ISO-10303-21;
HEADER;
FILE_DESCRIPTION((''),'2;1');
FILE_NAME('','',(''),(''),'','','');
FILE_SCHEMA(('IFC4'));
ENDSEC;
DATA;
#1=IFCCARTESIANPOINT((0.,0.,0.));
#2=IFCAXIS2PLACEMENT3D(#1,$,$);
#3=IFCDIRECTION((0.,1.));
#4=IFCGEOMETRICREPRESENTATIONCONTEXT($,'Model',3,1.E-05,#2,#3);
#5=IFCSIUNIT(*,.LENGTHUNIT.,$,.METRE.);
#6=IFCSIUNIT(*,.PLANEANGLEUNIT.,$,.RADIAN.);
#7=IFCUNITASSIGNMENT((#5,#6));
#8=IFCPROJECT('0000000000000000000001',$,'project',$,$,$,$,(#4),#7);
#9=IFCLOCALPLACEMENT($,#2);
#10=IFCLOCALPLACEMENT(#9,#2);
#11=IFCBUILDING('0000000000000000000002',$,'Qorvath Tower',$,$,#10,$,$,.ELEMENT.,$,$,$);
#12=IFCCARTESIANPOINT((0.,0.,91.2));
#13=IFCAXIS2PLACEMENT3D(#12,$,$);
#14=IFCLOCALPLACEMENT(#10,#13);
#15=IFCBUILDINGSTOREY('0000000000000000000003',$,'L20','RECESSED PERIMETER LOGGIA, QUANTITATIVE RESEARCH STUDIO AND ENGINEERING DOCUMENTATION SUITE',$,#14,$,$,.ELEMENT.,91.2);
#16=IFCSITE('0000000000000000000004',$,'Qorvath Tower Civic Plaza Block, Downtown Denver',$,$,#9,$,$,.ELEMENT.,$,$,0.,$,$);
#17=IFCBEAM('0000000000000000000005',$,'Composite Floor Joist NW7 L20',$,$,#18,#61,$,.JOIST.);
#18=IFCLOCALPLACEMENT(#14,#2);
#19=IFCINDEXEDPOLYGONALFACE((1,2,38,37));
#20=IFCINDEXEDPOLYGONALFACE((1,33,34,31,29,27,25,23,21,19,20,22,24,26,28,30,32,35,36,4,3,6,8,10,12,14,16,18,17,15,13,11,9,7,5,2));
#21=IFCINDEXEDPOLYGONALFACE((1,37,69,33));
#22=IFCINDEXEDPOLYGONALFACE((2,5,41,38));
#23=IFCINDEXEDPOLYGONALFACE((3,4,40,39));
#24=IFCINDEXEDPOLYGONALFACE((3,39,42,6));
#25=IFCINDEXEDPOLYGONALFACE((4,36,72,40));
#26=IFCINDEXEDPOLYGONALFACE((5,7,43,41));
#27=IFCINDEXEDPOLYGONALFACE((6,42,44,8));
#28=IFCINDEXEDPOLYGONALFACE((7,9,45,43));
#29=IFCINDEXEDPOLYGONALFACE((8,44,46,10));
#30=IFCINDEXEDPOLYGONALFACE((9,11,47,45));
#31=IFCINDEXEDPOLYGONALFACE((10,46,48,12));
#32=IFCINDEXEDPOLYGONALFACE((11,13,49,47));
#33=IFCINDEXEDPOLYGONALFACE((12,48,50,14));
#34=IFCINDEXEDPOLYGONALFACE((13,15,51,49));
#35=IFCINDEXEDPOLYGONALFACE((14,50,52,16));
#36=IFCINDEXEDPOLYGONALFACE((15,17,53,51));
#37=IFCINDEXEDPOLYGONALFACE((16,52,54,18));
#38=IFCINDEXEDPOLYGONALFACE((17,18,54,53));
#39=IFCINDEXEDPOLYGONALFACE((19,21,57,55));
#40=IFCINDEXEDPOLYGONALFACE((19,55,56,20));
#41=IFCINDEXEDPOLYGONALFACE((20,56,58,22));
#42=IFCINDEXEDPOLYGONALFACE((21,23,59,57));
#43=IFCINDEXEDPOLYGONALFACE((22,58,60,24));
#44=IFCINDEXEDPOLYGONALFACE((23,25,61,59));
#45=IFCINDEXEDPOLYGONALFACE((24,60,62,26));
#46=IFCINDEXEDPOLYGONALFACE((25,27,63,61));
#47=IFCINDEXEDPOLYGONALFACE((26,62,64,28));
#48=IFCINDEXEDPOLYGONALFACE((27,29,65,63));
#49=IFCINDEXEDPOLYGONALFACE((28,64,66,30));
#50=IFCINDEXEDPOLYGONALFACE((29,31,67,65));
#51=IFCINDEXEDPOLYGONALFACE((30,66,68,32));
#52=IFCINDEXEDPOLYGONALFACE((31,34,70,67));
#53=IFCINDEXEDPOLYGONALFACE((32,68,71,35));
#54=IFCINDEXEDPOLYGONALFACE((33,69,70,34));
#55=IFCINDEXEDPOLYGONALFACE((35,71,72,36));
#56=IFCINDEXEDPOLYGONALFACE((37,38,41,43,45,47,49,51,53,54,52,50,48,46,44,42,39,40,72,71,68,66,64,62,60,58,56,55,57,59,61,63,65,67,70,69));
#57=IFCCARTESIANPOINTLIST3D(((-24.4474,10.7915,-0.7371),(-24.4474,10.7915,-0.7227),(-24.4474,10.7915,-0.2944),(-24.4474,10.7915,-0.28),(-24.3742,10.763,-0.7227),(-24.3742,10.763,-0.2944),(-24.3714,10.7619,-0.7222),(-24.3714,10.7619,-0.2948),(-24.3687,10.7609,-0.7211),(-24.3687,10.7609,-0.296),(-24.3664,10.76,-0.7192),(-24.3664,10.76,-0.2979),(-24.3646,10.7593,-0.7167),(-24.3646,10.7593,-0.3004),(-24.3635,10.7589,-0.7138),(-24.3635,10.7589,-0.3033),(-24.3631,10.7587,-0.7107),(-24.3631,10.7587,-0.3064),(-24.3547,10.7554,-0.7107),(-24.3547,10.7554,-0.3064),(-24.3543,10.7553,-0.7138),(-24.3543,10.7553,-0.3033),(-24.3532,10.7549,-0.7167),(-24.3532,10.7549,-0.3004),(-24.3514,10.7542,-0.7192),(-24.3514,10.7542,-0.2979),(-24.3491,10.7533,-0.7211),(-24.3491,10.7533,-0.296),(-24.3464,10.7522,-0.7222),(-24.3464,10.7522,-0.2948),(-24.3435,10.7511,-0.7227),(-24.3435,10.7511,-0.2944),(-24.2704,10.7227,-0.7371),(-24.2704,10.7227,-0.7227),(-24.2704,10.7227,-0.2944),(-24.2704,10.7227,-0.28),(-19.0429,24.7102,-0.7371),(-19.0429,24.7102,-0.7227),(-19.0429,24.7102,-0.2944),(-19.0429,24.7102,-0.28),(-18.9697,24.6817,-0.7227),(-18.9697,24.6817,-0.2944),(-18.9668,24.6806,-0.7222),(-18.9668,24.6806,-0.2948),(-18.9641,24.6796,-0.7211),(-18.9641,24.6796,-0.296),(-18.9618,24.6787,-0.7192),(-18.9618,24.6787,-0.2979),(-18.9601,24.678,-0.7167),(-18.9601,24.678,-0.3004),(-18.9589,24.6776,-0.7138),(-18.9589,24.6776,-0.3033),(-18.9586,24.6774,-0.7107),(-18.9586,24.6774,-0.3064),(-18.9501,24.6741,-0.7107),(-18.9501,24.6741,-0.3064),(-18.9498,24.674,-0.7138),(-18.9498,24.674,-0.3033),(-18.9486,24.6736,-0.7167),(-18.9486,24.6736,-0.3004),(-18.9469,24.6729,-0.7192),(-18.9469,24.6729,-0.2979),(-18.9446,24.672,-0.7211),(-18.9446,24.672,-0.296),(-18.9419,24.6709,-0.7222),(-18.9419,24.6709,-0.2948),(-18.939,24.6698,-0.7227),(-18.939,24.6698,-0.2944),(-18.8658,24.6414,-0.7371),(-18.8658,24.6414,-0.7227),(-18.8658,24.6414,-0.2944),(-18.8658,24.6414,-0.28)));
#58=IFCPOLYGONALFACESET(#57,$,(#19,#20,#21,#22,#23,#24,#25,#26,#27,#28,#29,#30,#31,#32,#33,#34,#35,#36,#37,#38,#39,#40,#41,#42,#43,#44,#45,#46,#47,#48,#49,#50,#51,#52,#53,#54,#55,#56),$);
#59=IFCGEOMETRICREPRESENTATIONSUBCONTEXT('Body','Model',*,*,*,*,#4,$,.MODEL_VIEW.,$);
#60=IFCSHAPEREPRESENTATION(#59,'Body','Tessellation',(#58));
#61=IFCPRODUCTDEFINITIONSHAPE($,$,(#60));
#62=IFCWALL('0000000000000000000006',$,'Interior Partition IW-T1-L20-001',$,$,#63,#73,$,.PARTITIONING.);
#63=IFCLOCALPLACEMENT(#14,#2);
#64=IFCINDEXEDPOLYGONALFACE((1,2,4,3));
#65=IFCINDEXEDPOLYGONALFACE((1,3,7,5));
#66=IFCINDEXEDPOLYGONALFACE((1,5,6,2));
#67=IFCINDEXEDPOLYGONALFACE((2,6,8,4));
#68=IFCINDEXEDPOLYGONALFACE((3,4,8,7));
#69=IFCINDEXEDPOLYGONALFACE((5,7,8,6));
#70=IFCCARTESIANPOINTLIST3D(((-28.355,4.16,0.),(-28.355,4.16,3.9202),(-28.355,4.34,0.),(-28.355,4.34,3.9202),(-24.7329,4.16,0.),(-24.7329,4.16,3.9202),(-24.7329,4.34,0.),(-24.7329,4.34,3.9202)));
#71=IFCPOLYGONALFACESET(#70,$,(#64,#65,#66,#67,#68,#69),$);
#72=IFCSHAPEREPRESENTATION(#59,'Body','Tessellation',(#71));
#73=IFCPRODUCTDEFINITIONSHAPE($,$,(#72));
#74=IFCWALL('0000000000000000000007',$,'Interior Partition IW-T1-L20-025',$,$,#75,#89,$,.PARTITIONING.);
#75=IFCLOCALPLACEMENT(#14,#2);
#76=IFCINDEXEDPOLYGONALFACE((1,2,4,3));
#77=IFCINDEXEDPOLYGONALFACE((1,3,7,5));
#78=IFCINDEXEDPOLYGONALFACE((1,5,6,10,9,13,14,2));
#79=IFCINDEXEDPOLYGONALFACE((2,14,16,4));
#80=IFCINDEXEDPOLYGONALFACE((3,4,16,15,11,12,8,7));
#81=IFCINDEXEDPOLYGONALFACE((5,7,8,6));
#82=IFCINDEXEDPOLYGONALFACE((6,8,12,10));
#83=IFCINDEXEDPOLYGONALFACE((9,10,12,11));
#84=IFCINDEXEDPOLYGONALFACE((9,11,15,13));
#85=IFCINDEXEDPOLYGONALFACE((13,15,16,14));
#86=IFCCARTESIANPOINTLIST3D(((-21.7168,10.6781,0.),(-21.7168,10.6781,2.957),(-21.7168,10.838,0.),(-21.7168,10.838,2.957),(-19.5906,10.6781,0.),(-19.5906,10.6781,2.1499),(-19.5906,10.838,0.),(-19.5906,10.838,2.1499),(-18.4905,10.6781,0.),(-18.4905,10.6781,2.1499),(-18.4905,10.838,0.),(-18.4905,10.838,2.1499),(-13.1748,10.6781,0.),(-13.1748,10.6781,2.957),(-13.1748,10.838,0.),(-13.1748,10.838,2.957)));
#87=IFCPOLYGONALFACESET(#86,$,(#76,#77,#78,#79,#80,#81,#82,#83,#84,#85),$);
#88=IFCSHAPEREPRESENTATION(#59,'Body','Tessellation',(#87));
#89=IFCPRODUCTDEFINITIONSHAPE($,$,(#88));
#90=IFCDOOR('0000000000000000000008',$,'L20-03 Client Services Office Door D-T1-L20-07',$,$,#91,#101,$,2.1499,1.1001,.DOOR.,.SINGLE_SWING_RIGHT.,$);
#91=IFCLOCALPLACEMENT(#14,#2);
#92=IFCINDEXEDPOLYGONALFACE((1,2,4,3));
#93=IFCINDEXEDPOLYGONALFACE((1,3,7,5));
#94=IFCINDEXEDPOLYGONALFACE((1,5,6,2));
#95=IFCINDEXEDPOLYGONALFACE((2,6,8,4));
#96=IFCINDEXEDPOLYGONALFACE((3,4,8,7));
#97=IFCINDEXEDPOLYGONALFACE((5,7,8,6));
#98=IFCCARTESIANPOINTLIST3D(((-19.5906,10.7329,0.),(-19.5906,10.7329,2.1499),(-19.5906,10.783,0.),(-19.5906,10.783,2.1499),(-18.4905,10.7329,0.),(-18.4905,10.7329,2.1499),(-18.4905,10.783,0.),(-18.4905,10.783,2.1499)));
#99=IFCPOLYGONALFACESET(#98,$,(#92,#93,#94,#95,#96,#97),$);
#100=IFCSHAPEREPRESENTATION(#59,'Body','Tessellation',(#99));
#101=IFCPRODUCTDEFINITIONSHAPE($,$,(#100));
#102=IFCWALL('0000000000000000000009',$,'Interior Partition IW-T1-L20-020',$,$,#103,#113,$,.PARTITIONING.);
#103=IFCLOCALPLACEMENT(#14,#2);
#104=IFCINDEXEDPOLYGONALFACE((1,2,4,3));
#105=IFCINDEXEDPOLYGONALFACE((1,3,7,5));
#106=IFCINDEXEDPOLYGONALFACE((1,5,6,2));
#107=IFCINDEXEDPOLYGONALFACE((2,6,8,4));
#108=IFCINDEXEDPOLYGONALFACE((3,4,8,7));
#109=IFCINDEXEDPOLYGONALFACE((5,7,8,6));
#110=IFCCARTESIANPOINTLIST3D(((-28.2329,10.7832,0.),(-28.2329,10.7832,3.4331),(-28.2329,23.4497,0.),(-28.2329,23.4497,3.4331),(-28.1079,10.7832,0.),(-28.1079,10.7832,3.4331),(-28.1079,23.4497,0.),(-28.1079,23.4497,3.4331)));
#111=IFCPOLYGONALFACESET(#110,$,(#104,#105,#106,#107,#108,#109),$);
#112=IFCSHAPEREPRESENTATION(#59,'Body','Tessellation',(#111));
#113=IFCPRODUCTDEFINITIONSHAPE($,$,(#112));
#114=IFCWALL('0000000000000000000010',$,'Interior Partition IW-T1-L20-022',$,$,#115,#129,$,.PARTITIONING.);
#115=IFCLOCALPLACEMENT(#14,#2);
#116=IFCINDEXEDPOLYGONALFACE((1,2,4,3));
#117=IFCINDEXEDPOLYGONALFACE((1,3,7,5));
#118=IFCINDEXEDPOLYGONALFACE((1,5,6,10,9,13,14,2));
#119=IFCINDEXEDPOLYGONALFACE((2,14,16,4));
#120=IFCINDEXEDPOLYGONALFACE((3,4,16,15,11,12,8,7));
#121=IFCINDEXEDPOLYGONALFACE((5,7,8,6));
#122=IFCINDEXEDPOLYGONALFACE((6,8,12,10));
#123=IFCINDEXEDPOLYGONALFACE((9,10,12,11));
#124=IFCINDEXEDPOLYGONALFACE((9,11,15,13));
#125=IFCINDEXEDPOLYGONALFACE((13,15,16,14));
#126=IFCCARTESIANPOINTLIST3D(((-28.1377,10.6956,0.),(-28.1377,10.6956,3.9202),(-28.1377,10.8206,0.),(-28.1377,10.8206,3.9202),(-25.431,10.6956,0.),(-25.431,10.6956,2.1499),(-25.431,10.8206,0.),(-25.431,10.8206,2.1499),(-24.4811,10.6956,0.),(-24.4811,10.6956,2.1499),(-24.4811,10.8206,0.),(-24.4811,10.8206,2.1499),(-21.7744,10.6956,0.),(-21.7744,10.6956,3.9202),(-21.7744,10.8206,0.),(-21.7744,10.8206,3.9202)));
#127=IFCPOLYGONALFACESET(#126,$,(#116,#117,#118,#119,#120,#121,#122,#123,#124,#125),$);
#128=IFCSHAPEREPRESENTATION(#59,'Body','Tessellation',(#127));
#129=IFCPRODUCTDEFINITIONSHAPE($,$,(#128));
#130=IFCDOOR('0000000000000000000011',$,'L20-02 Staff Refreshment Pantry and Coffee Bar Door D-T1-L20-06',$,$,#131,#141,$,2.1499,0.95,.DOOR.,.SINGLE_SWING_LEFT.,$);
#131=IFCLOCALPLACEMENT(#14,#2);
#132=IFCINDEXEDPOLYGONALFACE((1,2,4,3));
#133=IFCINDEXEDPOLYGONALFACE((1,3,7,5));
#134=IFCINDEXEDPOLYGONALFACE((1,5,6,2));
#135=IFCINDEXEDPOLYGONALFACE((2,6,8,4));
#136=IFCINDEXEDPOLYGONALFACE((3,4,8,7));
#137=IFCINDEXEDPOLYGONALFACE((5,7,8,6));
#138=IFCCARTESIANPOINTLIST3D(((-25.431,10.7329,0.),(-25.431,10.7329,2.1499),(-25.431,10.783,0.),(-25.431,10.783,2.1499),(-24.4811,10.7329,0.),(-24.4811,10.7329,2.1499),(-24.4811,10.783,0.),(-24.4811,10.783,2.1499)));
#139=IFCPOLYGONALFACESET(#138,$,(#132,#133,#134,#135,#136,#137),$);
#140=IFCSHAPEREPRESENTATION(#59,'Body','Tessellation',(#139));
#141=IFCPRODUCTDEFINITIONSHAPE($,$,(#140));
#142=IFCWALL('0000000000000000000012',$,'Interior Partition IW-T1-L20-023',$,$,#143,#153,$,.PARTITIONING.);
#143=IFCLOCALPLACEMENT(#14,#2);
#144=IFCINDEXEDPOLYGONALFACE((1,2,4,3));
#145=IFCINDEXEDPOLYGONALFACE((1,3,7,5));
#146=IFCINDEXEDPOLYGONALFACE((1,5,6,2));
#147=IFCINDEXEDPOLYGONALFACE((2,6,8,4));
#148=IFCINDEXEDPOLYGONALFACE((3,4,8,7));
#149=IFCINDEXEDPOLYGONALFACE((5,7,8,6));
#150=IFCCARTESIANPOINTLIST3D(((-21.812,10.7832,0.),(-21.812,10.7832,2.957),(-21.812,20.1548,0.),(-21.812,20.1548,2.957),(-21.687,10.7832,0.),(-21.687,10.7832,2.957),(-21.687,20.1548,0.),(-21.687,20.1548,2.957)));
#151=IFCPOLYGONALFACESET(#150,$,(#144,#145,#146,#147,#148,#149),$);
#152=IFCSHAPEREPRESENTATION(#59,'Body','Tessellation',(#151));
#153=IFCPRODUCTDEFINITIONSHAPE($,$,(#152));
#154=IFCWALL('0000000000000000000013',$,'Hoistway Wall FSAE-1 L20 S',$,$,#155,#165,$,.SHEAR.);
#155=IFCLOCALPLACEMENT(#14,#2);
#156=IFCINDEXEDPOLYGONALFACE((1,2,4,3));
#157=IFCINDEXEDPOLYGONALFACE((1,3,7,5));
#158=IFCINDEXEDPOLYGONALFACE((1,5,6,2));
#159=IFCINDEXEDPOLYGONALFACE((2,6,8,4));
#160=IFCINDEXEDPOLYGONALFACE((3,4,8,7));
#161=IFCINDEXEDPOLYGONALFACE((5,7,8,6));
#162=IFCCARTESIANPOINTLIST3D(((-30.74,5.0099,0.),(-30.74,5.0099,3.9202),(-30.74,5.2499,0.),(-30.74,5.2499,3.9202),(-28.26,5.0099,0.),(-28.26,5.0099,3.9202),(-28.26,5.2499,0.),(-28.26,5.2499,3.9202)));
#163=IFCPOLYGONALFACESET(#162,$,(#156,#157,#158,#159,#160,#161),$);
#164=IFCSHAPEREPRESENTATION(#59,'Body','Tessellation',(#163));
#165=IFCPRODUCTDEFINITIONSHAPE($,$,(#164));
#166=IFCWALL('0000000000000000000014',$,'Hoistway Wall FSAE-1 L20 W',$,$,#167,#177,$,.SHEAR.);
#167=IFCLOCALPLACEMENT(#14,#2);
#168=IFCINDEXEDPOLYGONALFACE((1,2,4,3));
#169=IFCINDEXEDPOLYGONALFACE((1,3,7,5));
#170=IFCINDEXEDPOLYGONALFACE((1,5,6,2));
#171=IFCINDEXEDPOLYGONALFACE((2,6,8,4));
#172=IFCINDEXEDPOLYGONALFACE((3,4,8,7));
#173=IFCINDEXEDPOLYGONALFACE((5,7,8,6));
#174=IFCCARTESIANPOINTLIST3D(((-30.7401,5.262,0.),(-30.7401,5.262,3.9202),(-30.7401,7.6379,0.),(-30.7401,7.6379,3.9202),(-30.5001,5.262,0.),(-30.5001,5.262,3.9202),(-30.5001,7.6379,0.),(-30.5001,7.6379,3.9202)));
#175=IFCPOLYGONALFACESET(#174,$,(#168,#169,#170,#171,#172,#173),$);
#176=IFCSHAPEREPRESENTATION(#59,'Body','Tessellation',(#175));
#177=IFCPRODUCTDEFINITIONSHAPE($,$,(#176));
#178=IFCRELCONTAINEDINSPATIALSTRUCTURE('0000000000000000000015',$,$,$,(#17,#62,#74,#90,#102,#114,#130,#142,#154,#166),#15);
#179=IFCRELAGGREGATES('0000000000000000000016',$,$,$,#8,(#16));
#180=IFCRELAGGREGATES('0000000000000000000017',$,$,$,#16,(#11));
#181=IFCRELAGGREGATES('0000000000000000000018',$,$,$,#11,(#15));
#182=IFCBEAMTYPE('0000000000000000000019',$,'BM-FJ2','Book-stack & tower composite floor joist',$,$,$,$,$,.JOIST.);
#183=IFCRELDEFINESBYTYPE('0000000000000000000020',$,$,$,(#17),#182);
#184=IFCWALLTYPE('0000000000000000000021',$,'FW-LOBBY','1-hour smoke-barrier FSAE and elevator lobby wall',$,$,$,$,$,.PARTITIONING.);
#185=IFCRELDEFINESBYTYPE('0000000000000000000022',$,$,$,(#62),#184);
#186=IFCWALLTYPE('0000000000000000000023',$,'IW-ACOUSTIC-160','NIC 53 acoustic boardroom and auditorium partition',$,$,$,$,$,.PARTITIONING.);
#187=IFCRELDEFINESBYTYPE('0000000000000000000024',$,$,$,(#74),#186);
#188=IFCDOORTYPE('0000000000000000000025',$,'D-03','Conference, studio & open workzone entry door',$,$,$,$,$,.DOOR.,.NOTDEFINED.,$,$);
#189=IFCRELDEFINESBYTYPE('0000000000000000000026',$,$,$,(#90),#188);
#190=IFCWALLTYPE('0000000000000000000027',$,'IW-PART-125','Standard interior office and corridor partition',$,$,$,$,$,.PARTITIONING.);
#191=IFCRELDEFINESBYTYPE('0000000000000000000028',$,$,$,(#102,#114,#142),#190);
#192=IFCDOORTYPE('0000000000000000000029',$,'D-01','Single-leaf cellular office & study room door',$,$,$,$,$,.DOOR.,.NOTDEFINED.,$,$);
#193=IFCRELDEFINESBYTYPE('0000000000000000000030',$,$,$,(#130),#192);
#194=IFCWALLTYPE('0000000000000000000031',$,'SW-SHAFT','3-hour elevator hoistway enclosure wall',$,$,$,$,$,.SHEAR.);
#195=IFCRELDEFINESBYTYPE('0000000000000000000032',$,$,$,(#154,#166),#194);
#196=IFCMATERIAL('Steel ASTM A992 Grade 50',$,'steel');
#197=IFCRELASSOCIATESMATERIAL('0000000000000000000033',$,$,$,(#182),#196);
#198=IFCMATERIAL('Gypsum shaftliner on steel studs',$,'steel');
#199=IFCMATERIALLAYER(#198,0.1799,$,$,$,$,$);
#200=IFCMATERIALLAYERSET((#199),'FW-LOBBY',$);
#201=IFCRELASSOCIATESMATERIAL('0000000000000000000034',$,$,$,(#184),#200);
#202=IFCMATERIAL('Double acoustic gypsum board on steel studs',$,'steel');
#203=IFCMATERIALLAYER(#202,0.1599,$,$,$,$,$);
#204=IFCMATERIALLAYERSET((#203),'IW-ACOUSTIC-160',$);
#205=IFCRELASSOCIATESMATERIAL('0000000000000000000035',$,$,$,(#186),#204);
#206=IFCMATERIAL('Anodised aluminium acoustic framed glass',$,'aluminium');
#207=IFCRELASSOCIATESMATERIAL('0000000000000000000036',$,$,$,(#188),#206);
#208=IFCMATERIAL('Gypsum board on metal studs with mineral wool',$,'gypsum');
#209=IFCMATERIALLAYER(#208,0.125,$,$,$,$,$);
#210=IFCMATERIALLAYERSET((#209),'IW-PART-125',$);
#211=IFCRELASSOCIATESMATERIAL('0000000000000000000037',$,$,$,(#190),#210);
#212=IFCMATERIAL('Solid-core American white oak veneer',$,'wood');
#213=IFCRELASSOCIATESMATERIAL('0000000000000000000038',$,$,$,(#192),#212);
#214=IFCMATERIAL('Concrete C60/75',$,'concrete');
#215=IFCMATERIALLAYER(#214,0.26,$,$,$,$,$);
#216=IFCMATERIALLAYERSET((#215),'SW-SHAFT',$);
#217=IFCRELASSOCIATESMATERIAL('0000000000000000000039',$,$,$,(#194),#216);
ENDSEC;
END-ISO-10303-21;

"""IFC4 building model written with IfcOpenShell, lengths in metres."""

from ifc_helpers import new_model, si_unit, direction, frame, frame_2d, origin, origin_2d, place, context, subcontext, project, spatial, rectangle, i_section, extrude, material, layer, layer_set, material_profile, profile_set, type_object, element, fill, save


model = new_model("IFC4")

# Units and contexts
model_context = context("Model", 3, precision=1e-05, world=origin(), true_north=direction((0.0, 1.0)))
body_context = subcontext(model_context, "Body", "Model", "MODEL_VIEW")
ifc_project = project(units=[si_unit("LENGTHUNIT", "METRE"), si_unit("PLANEANGLEUNIT", "RADIAN")], contexts=[model_context])

# Site, building, storey
site_placement = place(None, origin())
site = spatial("IfcSite", under=ifc_project, at=site_placement, Name="Qorvath Tower Civic Plaza Block, Downtown Denver", CompositionType="ELEMENT", RefElevation=0.0)
building_placement = place(site_placement, origin())
building = spatial("IfcBuilding", under=site, at=building_placement, Name="Qorvath Tower", CompositionType="ELEMENT")
storey_placement = place(building_placement, frame((0.0, 0.0, 91.2)))
storey = spatial("IfcBuildingStorey", under=building, at=storey_placement, Name="L20", Description="RECESSED PERIMETER LOGGIA, QUANTITATIVE RESEARCH STUDIO AND ENGINEERING DOCUMENTATION SUITE", CompositionType="ELEMENT", Elevation=91.2)

# Beam
ifc_material_1 = material(Name="Steel ASTM A992 Grade 50", Category="steel")
ifc_material_profile_1 = material_profile(ifc_material_1, i_section(OverallWidth=0.1899, OverallDepth=0.457, WebThickness=0.009, FlangeThickness=0.0144, FilletRadius=0.012, at=origin_2d()), Name="W18x50")
ifc_profile_set_1 = profile_set([ifc_material_profile_1], Name="Steel ASTM A992 Grade 50")
beam_type_1 = type_object("IfcBeamType", Name="BM-FJ2", Description="Book-stack & tower composite floor joist", PredefinedType="JOIST", material=ifc_profile_set_1)
beam_1_placement = place(storey_placement, frame((-24.3589, 10.7571, -0.5085), z_axis=(0.361964, 0.932192, 0.0), x_axis=(-0.932192, 0.361964, 0.0)))
element("IfcBeam", 1, at=beam_1_placement, inside=storey, type_object=beam_type_1, Name="Composite Floor Joist NW7 L20", PredefinedType="JOIST", context=body_context, shape_type="SweptSolid", body=[
    extrude(i_section(OverallWidth=0.1899, OverallDepth=0.457, WebThickness=0.009, FlangeThickness=0.0144, FilletRadius=0.012, at=origin_2d()), origin(), (0.0, 0.0, 1.0), 14.9312),
])

# Wall
ifc_material_2 = material(Name="Gypsum shaftliner on steel studs", Category="steel")
ifc_layer_1 = layer(ifc_material_2, 0.1799)
ifc_layer_set_1 = layer_set([ifc_layer_1], Name="FW-LOBBY")
wall_type_1 = type_object("IfcWallType", Name="FW-LOBBY", Description="1-hour smoke-barrier FSAE and elevator lobby wall", PredefinedType="PARTITIONING", material=ifc_layer_set_1)
wall_1_placement = place(storey_placement, frame((-28.355, 4.25, 0.0), z_axis=(0.0, 0.0, 1.0), x_axis=(1.0, 0.0, 0.0)))
element("IfcWall", 2, at=wall_1_placement, inside=storey, type_object=wall_type_1, Name="Interior Partition IW-T1-L20-001", PredefinedType="PARTITIONING", context=body_context, shape_type="SweptSolid", body=[
    extrude(rectangle(XDim=3.6221, YDim=0.1799, at=frame_2d((1.811, 0.0))), origin(), (0.0, 0.0, 1.0), 3.9202),
])

# Wall, opening, door
ifc_material_3 = material(Name="Double acoustic gypsum board on steel studs", Category="steel")
ifc_layer_2 = layer(ifc_material_3, 0.1599)
ifc_layer_set_2 = layer_set([ifc_layer_2], Name="IW-ACOUSTIC-160")
wall_type_2 = type_object("IfcWallType", Name="IW-ACOUSTIC-160", Description="NIC 53 acoustic boardroom and auditorium partition", PredefinedType="PARTITIONING", material=ifc_layer_set_2)
wall_2_placement = place(storey_placement, frame((-21.7168, 10.7581, 0.0), z_axis=(0.0, 0.0, 1.0), x_axis=(1.0, 0.0, 0.0)))
wall_2 = element("IfcWall", 3, at=wall_2_placement, inside=storey, type_object=wall_type_2, Name="Interior Partition IW-T1-L20-025", PredefinedType="PARTITIONING", context=body_context, shape_type="SweptSolid", body=[
    extrude(rectangle(XDim=8.542, YDim=0.1599, at=frame_2d((4.271, 0.0))), origin(), (0.0, 0.0, 1.0), 2.957),
])
opening_1_placement = place(wall_2_placement, frame((2.1262, 0.0, 0.0)))
opening_1 = element("IfcOpeningElement", 4, at=opening_1_placement, cuts=wall_2, PredefinedType="OPENING", context=body_context, shape_type="SweptSolid", body=[
    extrude(rectangle(XDim=1.1001, YDim=2.1499, at=frame_2d((0.55, 1.075))), frame((0.0, 0.0898, 0.0), z_axis=(0.0, -1.0, 0.0), x_axis=(1.0, 0.0, 0.0)), (0.0, 0.0, 1.0), 0.1799),
])
ifc_material_4 = material(Name="Anodised aluminium acoustic framed glass", Category="aluminium")
door_type_1 = type_object("IfcDoorType", Name="D-03", Description="Conference, studio & open workzone entry door", OperationType="NOTDEFINED", PredefinedType="DOOR", material=ifc_material_4)
door_1_placement = place(opening_1_placement, origin())
door_1 = element("IfcDoor", 5, at=door_1_placement, inside=storey, type_object=door_type_1, Name="L20-03 Client Services Office Door D-T1-L20-07", OperationType="SINGLE_SWING_RIGHT", OverallHeight=2.1499, OverallWidth=1.1001, PredefinedType="DOOR", context=body_context, shape_type="SweptSolid", body=[
    extrude(rectangle(XDim=1.1001, YDim=2.1499, at=frame_2d((0.55, 1.075))), frame((0.0, 0.0249, 0.0), z_axis=(0.0, -1.0, 0.0), x_axis=(1.0, 0.0, 0.0)), (0.0, 0.0, 1.0), 0.05),
])
fill(opening_1, door_1)

# Wall
ifc_material_5 = material(Name="Gypsum board on metal studs with mineral wool", Category="gypsum")
ifc_layer_3 = layer(ifc_material_5, 0.125)
ifc_layer_set_3 = layer_set([ifc_layer_3], Name="IW-PART-125")
wall_type_3 = type_object("IfcWallType", Name="IW-PART-125", Description="Standard interior office and corridor partition", PredefinedType="PARTITIONING", material=ifc_layer_set_3)
wall_3_placement = place(storey_placement, frame((-28.1704, 10.7832, 0.0), z_axis=(0.0, 0.0, 1.0), x_axis=(0.0, 1.0, 0.0)))
element("IfcWall", 6, at=wall_3_placement, inside=storey, type_object=wall_type_3, Name="Interior Partition IW-T1-L20-020", PredefinedType="PARTITIONING", context=body_context, shape_type="SweptSolid", body=[
    extrude(rectangle(XDim=12.6665, YDim=0.125, at=frame_2d((6.3333, 0.0))), origin(), (0.0, 0.0, 1.0), 3.4331),
])

# Wall, opening, door
wall_4_placement = place(storey_placement, frame((-28.1377, 10.7581, 0.0), z_axis=(0.0, 0.0, 1.0), x_axis=(1.0, 0.0, 0.0)))
wall_4 = element("IfcWall", 7, at=wall_4_placement, inside=storey, type_object=wall_type_3, Name="Interior Partition IW-T1-L20-022", PredefinedType="PARTITIONING", context=body_context, shape_type="SweptSolid", body=[
    extrude(rectangle(XDim=6.3633, YDim=0.125, at=frame_2d((3.1816, 0.0))), origin(), (0.0, 0.0, 1.0), 3.9202),
])
opening_2_placement = place(wall_4_placement, frame((2.7065, 0.0, 0.0)))
opening_2 = element("IfcOpeningElement", 8, at=opening_2_placement, cuts=wall_4, PredefinedType="OPENING", context=body_context, shape_type="SweptSolid", body=[
    extrude(rectangle(XDim=0.95, YDim=2.1499, at=frame_2d((0.4751, 1.075))), frame((0.0, 0.0725, 0.0), z_axis=(0.0, -1.0, 0.0), x_axis=(1.0, 0.0, 0.0)), (0.0, 0.0, 1.0), 0.145),
])
ifc_material_6 = material(Name="Solid-core American white oak veneer", Category="wood")
door_type_2 = type_object("IfcDoorType", Name="D-01", Description="Single-leaf cellular office & study room door", OperationType="NOTDEFINED", PredefinedType="DOOR", material=ifc_material_6)
door_2_placement = place(opening_2_placement, origin())
door_2 = element("IfcDoor", 9, at=door_2_placement, inside=storey, type_object=door_type_2, Name="L20-02 Staff Refreshment Pantry and Coffee Bar Door D-T1-L20-06", OperationType="SINGLE_SWING_LEFT", OverallHeight=2.1499, OverallWidth=0.95, PredefinedType="DOOR", context=body_context, shape_type="SweptSolid", body=[
    extrude(rectangle(XDim=0.95, YDim=2.1499, at=frame_2d((0.4751, 1.075))), frame((0.0, 0.0249, 0.0), z_axis=(0.0, -1.0, 0.0), x_axis=(1.0, 0.0, 0.0)), (0.0, 0.0, 1.0), 0.05),
])
fill(opening_2, door_2)

# Walls
wall_5_placement = place(storey_placement, frame((-21.7495, 10.7832, 0.0), z_axis=(0.0, 0.0, 1.0), x_axis=(0.0, 1.0, 0.0)))
element("IfcWall", 10, at=wall_5_placement, inside=storey, type_object=wall_type_3, Name="Interior Partition IW-T1-L20-023", PredefinedType="PARTITIONING", context=body_context, shape_type="SweptSolid", body=[
    extrude(rectangle(XDim=9.3716, YDim=0.125, at=frame_2d((4.6858, 0.0))), origin(), (0.0, 0.0, 1.0), 2.957),
])
ifc_material_7 = material(Name="Concrete C60/75", Category="concrete")
ifc_layer_4 = layer(ifc_material_7, 0.26)
ifc_layer_set_4 = layer_set([ifc_layer_4], Name="SW-SHAFT")
wall_type_4 = type_object("IfcWallType", Name="SW-SHAFT", Description="3-hour elevator hoistway enclosure wall", PredefinedType="SHEAR", material=ifc_layer_set_4)
wall_6_placement = place(storey_placement, frame((-28.26, 5.1299, 0.0), z_axis=(0.0, 0.0, 1.0), x_axis=(-1.0, 0.0, 0.0)))
element("IfcWall", 11, at=wall_6_placement, inside=storey, type_object=wall_type_4, Name="Hoistway Wall FSAE-1 L20 S", PredefinedType="SHEAR", context=body_context, shape_type="SweptSolid", body=[
    extrude(rectangle(XDim=2.48, YDim=0.24, at=frame_2d((1.24, 0.0))), origin(), (0.0, 0.0, 1.0), 3.9202),
])
wall_7_placement = place(storey_placement, frame((-30.6201, 5.262, 0.0), z_axis=(0.0, 0.0, 1.0), x_axis=(0.0, 1.0, 0.0)))
element("IfcWall", 12, at=wall_7_placement, inside=storey, type_object=wall_type_4, Name="Hoistway Wall FSAE-1 L20 W", PredefinedType="SHEAR", context=body_context, shape_type="SweptSolid", body=[
    extrude(rectangle(XDim=2.376, YDim=0.24, at=frame_2d((1.188, 0.0))), origin(), (0.0, 0.0, 1.0), 3.9202),
])

save(model, "model.ifc")
